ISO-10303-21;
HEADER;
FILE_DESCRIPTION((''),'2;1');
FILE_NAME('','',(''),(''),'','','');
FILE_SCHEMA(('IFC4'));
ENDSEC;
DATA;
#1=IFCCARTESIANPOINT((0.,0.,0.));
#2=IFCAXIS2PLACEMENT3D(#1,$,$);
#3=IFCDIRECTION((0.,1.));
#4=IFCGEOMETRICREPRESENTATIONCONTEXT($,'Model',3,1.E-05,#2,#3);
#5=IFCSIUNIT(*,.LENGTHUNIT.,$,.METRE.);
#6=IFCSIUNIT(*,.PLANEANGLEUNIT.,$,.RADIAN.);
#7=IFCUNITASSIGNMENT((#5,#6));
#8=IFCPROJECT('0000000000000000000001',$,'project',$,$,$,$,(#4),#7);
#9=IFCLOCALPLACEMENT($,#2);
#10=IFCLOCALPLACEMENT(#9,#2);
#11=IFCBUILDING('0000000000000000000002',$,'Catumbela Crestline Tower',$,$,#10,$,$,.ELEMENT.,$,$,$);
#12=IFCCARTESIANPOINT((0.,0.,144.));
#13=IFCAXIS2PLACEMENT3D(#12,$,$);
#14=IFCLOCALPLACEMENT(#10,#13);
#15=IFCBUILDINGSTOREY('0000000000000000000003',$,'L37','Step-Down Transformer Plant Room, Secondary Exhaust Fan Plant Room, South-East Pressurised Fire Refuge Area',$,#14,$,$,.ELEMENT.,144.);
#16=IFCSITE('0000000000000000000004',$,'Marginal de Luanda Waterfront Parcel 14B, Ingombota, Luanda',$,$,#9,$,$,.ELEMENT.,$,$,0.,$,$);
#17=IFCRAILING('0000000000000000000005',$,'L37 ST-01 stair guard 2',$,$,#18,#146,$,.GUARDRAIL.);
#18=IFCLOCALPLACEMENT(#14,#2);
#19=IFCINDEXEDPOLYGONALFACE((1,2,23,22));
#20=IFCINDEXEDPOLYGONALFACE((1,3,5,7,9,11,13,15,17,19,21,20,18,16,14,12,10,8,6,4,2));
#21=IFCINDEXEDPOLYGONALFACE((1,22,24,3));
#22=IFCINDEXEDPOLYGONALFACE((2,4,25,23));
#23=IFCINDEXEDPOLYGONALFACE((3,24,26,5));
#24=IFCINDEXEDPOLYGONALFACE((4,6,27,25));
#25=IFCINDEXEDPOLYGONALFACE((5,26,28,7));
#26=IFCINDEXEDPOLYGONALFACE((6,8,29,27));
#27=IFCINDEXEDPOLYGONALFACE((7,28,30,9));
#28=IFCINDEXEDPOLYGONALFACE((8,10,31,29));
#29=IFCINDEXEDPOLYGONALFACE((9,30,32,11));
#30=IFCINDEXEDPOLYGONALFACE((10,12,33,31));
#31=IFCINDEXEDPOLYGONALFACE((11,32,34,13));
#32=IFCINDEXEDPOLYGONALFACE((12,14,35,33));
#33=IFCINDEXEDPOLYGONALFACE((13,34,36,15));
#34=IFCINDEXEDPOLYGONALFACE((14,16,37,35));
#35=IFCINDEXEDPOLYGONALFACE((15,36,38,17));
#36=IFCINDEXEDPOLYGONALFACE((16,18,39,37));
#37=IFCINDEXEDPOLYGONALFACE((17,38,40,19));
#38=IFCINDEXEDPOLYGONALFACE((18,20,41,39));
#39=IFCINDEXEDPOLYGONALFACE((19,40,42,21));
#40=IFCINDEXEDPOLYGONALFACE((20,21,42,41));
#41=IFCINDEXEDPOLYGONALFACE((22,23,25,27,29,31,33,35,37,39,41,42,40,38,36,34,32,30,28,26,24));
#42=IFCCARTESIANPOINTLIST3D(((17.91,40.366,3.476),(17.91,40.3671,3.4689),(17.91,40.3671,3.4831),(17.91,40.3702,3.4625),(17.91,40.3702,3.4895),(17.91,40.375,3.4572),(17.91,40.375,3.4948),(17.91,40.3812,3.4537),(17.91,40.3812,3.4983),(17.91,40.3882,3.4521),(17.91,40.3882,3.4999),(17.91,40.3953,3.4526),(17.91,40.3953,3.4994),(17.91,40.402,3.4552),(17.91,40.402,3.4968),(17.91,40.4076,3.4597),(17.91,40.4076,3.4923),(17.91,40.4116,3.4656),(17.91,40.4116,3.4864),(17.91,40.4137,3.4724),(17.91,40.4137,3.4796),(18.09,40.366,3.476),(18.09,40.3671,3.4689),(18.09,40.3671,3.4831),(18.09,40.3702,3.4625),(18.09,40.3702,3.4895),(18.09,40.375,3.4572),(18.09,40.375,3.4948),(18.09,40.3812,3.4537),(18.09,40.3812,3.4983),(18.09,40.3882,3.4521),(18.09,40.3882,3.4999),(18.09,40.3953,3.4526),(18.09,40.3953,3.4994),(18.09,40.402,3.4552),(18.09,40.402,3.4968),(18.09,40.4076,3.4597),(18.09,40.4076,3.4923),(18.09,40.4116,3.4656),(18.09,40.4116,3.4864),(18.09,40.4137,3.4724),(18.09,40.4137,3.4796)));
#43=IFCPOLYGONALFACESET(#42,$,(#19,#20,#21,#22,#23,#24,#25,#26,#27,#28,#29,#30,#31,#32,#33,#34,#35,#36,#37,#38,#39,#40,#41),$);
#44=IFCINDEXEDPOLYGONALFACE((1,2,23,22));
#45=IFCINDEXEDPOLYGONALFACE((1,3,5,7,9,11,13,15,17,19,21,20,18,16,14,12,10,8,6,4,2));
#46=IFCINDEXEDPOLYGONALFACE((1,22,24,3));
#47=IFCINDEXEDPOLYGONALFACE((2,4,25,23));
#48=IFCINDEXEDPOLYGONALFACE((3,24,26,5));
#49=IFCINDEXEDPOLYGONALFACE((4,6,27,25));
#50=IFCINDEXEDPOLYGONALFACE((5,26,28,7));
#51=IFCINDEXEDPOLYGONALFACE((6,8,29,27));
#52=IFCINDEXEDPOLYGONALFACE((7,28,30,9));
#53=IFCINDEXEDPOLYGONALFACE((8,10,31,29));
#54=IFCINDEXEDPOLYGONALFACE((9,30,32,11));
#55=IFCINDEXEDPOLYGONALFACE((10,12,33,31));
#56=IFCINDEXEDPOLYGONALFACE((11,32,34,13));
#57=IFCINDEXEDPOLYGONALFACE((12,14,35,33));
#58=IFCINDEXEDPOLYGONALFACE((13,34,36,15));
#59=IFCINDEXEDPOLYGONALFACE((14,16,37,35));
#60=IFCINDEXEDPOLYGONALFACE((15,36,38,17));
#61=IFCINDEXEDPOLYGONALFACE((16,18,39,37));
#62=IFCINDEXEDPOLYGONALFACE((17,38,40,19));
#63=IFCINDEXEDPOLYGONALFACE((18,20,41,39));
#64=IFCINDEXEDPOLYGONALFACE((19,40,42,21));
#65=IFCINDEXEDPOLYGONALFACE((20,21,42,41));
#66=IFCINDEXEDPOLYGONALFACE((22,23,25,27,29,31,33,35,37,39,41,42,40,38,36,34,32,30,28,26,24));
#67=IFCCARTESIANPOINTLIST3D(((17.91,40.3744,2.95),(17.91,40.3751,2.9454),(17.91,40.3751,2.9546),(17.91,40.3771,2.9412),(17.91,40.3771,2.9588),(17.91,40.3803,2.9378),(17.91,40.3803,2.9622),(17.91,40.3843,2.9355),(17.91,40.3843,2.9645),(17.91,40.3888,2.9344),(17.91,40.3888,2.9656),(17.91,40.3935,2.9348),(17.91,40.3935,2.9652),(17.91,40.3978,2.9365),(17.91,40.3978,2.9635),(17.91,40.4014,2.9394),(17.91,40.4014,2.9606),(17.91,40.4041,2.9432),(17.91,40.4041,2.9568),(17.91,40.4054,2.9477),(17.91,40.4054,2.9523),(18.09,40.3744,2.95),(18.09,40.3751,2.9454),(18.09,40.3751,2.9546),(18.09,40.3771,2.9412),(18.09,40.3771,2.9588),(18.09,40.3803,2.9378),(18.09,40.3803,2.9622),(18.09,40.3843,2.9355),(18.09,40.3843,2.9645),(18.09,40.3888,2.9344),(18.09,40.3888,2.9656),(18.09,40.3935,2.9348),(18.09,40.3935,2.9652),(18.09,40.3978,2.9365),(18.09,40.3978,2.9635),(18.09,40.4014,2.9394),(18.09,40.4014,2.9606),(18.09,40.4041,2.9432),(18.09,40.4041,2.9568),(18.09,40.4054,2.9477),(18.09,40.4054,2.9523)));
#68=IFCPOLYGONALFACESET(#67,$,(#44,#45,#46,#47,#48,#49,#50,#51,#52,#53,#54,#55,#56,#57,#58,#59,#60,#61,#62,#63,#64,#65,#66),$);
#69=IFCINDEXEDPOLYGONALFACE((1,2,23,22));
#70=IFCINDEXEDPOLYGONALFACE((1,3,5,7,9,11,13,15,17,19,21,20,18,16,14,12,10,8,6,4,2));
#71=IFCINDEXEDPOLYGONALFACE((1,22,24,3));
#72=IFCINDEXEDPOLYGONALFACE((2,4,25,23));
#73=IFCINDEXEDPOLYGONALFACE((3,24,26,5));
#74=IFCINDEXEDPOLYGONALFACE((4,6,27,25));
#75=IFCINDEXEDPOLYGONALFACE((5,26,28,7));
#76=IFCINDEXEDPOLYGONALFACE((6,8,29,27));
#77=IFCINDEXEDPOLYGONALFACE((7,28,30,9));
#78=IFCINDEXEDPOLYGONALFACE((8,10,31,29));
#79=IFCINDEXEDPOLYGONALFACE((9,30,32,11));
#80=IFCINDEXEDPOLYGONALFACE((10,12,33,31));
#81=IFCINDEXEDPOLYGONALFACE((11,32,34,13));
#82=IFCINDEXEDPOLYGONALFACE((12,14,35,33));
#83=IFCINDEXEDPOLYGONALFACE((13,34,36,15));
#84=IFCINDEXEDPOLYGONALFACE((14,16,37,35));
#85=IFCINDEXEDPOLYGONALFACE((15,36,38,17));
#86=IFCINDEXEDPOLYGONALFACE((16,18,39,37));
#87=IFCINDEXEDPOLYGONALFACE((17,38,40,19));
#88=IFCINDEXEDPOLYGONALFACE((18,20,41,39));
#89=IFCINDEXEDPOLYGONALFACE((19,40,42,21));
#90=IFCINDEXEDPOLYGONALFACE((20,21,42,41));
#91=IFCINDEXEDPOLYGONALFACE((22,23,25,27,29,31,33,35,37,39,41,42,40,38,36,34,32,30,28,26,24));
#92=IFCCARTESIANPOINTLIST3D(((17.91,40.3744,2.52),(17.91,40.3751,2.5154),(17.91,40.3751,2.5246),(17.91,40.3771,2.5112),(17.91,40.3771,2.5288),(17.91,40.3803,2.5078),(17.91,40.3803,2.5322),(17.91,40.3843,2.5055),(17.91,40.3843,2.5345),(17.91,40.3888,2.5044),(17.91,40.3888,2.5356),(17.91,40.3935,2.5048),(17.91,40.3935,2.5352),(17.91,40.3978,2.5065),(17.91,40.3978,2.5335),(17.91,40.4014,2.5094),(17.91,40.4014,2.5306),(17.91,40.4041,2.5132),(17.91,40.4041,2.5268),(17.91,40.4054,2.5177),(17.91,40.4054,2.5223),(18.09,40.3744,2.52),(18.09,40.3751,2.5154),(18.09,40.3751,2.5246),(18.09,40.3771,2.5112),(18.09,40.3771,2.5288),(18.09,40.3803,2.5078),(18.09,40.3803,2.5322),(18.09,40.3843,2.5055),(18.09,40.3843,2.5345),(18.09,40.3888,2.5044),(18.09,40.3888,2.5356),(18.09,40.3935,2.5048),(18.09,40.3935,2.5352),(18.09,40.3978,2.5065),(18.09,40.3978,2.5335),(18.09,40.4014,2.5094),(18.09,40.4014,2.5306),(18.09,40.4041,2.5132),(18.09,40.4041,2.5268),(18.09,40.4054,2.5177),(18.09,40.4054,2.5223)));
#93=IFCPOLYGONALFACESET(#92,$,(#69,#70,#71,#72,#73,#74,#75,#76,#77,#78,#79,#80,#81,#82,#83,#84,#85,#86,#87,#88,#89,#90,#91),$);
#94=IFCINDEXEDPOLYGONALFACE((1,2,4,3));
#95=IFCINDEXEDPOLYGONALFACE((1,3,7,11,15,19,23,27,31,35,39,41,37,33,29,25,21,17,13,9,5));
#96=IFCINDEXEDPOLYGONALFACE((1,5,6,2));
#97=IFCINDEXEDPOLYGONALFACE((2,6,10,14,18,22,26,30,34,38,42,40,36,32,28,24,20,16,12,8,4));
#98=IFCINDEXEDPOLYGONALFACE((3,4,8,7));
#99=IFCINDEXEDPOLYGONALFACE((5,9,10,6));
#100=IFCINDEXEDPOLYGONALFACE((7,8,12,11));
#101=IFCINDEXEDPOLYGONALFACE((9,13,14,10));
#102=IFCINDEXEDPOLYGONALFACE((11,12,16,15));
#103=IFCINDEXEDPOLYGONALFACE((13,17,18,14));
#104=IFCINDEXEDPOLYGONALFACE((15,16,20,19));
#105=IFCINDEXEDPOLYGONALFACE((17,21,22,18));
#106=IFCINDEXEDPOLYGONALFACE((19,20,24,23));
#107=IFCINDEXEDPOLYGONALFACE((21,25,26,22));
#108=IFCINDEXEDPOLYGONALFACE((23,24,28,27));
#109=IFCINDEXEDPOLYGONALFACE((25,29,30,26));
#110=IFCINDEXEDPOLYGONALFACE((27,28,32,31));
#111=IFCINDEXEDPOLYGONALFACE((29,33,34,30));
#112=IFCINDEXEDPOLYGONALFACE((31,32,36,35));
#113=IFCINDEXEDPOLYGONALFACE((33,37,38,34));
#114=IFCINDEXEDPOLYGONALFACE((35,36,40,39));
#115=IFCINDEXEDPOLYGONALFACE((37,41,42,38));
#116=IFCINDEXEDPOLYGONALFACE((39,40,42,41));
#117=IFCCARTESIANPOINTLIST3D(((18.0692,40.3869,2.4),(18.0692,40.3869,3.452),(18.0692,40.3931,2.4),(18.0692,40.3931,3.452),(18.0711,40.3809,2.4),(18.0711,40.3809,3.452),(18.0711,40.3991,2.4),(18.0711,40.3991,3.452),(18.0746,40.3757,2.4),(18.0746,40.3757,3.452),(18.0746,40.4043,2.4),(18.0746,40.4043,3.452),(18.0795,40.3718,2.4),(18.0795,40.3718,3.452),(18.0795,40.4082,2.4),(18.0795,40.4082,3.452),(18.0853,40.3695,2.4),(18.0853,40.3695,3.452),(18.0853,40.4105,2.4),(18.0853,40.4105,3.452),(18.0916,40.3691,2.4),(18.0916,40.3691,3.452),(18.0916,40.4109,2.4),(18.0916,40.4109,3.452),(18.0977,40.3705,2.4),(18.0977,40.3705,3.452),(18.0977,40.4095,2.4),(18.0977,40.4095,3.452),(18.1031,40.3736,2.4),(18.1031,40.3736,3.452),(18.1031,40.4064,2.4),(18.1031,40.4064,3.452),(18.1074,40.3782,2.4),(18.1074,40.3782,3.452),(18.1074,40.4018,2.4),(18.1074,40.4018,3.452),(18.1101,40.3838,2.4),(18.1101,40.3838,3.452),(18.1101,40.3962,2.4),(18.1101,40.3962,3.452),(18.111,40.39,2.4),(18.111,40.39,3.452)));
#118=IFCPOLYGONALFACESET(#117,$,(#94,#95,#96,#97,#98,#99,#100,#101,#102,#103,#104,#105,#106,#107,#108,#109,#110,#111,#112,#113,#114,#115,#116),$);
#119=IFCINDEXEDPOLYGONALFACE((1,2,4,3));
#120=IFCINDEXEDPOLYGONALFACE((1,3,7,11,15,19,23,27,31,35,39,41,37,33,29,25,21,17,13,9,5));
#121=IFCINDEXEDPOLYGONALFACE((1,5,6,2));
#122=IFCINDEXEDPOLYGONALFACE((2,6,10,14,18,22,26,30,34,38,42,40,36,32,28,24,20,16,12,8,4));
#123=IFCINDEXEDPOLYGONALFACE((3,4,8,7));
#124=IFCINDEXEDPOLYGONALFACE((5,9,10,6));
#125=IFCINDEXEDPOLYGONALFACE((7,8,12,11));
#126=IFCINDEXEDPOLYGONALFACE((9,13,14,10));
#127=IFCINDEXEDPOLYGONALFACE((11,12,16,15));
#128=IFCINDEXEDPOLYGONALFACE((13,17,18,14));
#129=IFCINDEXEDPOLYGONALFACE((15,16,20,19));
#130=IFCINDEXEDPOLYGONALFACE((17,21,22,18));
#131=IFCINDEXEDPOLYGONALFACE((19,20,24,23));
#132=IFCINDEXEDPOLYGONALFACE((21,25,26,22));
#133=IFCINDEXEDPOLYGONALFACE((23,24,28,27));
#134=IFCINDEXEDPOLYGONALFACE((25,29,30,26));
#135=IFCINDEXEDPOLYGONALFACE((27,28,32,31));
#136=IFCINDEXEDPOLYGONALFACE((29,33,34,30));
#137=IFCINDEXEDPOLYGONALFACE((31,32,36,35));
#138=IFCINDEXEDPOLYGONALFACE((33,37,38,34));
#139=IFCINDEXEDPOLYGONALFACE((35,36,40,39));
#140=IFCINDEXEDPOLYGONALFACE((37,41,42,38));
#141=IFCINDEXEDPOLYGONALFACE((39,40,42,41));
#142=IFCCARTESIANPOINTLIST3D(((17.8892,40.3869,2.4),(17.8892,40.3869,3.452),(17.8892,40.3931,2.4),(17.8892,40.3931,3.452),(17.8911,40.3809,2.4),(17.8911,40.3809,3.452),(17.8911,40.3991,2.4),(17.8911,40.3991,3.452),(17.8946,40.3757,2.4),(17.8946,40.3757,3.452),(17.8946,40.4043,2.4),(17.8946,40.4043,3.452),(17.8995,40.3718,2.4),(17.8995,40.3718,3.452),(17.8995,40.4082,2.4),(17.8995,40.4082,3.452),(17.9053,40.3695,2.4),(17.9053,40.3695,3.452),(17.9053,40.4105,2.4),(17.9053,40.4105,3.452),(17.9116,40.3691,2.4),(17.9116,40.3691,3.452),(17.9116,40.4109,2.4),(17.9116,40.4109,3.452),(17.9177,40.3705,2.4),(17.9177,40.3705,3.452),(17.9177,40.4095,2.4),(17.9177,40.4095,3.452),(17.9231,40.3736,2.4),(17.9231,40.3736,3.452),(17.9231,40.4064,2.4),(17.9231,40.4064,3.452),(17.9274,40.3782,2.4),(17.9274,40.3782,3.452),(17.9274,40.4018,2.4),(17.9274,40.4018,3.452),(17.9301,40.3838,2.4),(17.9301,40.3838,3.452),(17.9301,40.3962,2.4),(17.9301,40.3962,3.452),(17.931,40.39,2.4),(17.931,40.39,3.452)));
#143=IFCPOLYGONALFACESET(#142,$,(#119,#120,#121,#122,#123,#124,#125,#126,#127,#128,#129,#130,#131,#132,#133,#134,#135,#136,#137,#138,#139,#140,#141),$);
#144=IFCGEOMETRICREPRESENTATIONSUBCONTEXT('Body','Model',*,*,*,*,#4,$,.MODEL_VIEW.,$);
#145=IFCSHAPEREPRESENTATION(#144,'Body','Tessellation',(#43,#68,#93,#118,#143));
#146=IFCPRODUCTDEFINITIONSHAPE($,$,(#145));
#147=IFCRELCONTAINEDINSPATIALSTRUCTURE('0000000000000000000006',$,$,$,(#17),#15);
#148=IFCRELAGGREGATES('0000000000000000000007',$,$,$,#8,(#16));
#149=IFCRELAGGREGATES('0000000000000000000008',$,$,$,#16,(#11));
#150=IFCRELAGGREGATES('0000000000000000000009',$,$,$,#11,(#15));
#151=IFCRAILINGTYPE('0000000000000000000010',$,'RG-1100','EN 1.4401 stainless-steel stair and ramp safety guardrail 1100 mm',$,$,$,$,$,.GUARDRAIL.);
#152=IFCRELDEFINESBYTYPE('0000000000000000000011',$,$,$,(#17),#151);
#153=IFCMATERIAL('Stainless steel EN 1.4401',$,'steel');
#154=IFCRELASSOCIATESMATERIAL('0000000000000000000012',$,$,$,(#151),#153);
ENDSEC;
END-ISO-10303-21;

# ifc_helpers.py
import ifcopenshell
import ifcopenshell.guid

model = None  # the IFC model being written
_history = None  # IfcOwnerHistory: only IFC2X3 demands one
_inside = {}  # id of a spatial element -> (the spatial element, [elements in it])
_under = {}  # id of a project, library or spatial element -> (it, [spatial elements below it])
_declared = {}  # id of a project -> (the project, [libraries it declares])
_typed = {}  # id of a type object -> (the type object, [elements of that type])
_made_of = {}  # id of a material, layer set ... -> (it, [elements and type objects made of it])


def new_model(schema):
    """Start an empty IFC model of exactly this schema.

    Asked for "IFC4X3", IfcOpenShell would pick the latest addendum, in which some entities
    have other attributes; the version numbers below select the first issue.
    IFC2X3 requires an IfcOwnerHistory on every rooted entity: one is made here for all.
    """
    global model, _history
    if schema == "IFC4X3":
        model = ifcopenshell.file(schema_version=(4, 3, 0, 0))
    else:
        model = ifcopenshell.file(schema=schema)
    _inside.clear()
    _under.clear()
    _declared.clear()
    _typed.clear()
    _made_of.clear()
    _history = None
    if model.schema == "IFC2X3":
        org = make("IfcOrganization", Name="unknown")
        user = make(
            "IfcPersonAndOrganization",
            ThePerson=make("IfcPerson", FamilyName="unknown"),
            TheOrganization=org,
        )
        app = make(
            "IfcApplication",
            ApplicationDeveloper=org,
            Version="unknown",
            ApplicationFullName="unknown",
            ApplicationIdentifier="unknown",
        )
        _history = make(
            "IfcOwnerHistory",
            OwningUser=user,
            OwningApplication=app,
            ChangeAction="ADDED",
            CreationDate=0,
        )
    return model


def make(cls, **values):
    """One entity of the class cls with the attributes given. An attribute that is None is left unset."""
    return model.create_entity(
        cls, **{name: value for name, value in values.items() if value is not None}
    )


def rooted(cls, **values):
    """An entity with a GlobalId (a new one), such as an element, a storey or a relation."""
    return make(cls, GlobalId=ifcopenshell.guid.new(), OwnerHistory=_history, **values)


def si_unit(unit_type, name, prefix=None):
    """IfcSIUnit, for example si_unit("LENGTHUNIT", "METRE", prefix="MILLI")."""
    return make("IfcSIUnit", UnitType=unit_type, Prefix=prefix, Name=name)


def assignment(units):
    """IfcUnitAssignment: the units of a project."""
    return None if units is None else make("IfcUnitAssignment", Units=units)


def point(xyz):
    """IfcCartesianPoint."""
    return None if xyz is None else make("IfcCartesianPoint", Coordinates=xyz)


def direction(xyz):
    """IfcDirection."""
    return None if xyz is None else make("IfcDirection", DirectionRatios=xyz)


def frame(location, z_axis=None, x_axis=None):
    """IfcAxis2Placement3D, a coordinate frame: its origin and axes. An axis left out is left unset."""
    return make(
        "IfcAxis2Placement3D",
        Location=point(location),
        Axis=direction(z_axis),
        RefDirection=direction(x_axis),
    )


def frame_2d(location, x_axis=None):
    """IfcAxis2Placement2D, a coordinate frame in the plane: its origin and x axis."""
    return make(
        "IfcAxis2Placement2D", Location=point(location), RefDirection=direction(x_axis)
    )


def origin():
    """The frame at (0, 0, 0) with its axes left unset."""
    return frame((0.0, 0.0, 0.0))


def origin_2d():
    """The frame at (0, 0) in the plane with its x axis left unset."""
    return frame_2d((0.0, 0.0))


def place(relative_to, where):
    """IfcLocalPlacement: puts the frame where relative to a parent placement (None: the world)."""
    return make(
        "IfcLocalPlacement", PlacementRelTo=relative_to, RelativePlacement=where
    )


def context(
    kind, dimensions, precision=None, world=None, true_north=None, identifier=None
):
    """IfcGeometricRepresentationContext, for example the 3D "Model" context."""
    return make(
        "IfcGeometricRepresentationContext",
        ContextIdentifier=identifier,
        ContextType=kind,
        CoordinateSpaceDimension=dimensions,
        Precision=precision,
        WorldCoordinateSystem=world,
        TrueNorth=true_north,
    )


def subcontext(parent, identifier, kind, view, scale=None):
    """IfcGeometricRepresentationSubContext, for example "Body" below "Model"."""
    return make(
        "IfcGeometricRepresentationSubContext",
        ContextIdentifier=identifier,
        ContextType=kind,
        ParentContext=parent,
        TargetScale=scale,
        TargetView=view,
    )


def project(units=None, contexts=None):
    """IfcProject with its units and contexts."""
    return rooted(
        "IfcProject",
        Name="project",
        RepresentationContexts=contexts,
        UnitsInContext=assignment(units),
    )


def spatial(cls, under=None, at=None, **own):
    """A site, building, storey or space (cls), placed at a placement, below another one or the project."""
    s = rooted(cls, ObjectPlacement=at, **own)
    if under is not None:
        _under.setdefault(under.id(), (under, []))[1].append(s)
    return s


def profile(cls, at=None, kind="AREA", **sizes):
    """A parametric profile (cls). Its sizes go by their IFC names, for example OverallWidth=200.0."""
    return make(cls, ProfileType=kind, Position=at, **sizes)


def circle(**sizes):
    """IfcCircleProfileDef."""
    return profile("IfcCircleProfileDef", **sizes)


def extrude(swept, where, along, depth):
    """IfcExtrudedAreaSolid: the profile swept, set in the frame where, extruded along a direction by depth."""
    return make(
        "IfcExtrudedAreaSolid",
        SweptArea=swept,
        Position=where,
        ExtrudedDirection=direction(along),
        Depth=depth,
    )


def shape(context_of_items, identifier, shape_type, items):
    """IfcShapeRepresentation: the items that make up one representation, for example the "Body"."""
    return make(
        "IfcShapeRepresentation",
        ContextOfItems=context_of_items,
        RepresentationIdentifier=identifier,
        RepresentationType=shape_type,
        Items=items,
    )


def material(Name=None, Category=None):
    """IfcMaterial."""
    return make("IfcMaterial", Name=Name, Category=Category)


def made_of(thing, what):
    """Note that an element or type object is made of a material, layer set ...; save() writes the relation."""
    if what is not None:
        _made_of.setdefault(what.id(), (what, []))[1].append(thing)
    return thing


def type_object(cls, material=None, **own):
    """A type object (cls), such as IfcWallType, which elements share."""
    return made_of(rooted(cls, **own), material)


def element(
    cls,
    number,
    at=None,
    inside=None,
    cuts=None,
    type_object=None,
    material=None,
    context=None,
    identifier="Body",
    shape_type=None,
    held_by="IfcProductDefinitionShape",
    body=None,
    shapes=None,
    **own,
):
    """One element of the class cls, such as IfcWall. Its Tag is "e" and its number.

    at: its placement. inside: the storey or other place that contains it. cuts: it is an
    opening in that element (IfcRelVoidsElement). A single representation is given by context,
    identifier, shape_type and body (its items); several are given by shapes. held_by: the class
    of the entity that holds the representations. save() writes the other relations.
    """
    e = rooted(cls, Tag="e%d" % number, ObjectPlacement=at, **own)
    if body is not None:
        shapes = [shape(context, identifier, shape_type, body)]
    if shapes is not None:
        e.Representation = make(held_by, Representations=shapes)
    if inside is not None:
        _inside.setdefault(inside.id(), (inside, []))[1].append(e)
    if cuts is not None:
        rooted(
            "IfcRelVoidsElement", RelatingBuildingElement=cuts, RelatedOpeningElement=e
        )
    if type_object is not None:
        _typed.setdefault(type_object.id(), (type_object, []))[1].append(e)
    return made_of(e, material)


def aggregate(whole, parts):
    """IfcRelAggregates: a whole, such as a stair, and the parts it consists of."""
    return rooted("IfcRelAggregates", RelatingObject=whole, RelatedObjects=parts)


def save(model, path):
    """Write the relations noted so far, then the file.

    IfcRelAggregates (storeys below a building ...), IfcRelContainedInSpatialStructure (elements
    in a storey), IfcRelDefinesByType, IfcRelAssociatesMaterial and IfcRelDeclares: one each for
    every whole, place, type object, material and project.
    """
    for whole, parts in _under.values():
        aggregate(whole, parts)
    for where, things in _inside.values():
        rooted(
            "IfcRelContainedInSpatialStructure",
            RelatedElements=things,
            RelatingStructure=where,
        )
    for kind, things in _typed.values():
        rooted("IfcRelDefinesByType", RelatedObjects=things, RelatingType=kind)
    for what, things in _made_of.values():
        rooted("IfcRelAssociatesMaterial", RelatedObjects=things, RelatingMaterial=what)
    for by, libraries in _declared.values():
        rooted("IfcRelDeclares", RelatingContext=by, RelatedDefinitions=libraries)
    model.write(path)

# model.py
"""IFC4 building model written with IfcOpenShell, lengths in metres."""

from ifc_helpers import new_model, si_unit, direction, frame, origin, origin_2d, place, context, subcontext, project, spatial, circle, extrude, material, type_object, element, save


model = new_model("IFC4")

# Units and contexts
model_context = context("Model", 3, precision=1e-05, world=origin(), true_north=direction((0.0, 1.0)))
body_context = subcontext(model_context, "Body", "Model", "MODEL_VIEW")
ifc_project = project(units=[si_unit("LENGTHUNIT", "METRE"), si_unit("PLANEANGLEUNIT", "RADIAN")], contexts=[model_context])

# Site, building, storey
site_placement = place(None, origin())
site = spatial("IfcSite", under=ifc_project, at=site_placement, Name="Marginal de Luanda Waterfront Parcel 14B, Ingombota, Luanda", CompositionType="ELEMENT", RefElevation=0.0)
building_placement = place(site_placement, origin())
building = spatial("IfcBuilding", under=site, at=building_placement, Name="Catumbela Crestline Tower", CompositionType="ELEMENT")
storey_placement = place(building_placement, frame((0.0, 0.0, 144.0)))
storey = spatial("IfcBuildingStorey", under=building, at=storey_placement, Name="L37", Description="Step-Down Transformer Plant Room, Secondary Exhaust Fan Plant Room, South-East Pressurised Fire Refuge Area", CompositionType="ELEMENT", Elevation=144.0)

# Shared definitions
ifc_material_1 = material(Name="Stainless steel EN 1.4401", Category="steel")

# Railing
railing_type_1 = type_object("IfcRailingType", Name="RG-1100", Description="EN 1.4401 stainless-steel stair and ramp safety guardrail 1100 mm", PredefinedType="GUARDRAIL", material=ifc_material_1)
railing_1_placement = place(storey_placement, frame((18.09, 40.39, 2.4)))
element("IfcRailing", 1, at=railing_1_placement, inside=storey, type_object=railing_type_1, Name="L37 ST-01 stair guard 2", PredefinedType="GUARDRAIL", context=body_context, shape_type="SweptSolid", body=[
    extrude(circle(Radius=0.024, at=origin_2d()), frame((0.0, 0.0, 1.076), z_axis=(-1.0, 0.0, 0.0), x_axis=(0.0, -1.0, 0.0)), (0.0, 0.0, 1.0), 0.18),
    extrude(circle(Radius=0.0156, at=origin_2d()), frame((0.0, 0.0, 0.55), z_axis=(-1.0, 0.0, 0.0), x_axis=(0.0, -1.0, 0.0)), (0.0, 0.0, 1.0), 0.18),
    extrude(circle(Radius=0.0156, at=origin_2d()), frame((0.0, 0.0, 0.12), z_axis=(-1.0, 0.0, 0.0), x_axis=(0.0, -1.0, 0.0)), (0.0, 0.0, 1.0), 0.18),
    extrude(circle(Radius=0.021, at=origin_2d()), origin(), (0.0, 0.0, 1.0), 1.052),
    extrude(circle(Radius=0.021, at=origin_2d()), frame((-0.18, 0.0, 0.0)), (0.0, 0.0, 1.0), 1.052),
])

save(model, "model.ifc")
